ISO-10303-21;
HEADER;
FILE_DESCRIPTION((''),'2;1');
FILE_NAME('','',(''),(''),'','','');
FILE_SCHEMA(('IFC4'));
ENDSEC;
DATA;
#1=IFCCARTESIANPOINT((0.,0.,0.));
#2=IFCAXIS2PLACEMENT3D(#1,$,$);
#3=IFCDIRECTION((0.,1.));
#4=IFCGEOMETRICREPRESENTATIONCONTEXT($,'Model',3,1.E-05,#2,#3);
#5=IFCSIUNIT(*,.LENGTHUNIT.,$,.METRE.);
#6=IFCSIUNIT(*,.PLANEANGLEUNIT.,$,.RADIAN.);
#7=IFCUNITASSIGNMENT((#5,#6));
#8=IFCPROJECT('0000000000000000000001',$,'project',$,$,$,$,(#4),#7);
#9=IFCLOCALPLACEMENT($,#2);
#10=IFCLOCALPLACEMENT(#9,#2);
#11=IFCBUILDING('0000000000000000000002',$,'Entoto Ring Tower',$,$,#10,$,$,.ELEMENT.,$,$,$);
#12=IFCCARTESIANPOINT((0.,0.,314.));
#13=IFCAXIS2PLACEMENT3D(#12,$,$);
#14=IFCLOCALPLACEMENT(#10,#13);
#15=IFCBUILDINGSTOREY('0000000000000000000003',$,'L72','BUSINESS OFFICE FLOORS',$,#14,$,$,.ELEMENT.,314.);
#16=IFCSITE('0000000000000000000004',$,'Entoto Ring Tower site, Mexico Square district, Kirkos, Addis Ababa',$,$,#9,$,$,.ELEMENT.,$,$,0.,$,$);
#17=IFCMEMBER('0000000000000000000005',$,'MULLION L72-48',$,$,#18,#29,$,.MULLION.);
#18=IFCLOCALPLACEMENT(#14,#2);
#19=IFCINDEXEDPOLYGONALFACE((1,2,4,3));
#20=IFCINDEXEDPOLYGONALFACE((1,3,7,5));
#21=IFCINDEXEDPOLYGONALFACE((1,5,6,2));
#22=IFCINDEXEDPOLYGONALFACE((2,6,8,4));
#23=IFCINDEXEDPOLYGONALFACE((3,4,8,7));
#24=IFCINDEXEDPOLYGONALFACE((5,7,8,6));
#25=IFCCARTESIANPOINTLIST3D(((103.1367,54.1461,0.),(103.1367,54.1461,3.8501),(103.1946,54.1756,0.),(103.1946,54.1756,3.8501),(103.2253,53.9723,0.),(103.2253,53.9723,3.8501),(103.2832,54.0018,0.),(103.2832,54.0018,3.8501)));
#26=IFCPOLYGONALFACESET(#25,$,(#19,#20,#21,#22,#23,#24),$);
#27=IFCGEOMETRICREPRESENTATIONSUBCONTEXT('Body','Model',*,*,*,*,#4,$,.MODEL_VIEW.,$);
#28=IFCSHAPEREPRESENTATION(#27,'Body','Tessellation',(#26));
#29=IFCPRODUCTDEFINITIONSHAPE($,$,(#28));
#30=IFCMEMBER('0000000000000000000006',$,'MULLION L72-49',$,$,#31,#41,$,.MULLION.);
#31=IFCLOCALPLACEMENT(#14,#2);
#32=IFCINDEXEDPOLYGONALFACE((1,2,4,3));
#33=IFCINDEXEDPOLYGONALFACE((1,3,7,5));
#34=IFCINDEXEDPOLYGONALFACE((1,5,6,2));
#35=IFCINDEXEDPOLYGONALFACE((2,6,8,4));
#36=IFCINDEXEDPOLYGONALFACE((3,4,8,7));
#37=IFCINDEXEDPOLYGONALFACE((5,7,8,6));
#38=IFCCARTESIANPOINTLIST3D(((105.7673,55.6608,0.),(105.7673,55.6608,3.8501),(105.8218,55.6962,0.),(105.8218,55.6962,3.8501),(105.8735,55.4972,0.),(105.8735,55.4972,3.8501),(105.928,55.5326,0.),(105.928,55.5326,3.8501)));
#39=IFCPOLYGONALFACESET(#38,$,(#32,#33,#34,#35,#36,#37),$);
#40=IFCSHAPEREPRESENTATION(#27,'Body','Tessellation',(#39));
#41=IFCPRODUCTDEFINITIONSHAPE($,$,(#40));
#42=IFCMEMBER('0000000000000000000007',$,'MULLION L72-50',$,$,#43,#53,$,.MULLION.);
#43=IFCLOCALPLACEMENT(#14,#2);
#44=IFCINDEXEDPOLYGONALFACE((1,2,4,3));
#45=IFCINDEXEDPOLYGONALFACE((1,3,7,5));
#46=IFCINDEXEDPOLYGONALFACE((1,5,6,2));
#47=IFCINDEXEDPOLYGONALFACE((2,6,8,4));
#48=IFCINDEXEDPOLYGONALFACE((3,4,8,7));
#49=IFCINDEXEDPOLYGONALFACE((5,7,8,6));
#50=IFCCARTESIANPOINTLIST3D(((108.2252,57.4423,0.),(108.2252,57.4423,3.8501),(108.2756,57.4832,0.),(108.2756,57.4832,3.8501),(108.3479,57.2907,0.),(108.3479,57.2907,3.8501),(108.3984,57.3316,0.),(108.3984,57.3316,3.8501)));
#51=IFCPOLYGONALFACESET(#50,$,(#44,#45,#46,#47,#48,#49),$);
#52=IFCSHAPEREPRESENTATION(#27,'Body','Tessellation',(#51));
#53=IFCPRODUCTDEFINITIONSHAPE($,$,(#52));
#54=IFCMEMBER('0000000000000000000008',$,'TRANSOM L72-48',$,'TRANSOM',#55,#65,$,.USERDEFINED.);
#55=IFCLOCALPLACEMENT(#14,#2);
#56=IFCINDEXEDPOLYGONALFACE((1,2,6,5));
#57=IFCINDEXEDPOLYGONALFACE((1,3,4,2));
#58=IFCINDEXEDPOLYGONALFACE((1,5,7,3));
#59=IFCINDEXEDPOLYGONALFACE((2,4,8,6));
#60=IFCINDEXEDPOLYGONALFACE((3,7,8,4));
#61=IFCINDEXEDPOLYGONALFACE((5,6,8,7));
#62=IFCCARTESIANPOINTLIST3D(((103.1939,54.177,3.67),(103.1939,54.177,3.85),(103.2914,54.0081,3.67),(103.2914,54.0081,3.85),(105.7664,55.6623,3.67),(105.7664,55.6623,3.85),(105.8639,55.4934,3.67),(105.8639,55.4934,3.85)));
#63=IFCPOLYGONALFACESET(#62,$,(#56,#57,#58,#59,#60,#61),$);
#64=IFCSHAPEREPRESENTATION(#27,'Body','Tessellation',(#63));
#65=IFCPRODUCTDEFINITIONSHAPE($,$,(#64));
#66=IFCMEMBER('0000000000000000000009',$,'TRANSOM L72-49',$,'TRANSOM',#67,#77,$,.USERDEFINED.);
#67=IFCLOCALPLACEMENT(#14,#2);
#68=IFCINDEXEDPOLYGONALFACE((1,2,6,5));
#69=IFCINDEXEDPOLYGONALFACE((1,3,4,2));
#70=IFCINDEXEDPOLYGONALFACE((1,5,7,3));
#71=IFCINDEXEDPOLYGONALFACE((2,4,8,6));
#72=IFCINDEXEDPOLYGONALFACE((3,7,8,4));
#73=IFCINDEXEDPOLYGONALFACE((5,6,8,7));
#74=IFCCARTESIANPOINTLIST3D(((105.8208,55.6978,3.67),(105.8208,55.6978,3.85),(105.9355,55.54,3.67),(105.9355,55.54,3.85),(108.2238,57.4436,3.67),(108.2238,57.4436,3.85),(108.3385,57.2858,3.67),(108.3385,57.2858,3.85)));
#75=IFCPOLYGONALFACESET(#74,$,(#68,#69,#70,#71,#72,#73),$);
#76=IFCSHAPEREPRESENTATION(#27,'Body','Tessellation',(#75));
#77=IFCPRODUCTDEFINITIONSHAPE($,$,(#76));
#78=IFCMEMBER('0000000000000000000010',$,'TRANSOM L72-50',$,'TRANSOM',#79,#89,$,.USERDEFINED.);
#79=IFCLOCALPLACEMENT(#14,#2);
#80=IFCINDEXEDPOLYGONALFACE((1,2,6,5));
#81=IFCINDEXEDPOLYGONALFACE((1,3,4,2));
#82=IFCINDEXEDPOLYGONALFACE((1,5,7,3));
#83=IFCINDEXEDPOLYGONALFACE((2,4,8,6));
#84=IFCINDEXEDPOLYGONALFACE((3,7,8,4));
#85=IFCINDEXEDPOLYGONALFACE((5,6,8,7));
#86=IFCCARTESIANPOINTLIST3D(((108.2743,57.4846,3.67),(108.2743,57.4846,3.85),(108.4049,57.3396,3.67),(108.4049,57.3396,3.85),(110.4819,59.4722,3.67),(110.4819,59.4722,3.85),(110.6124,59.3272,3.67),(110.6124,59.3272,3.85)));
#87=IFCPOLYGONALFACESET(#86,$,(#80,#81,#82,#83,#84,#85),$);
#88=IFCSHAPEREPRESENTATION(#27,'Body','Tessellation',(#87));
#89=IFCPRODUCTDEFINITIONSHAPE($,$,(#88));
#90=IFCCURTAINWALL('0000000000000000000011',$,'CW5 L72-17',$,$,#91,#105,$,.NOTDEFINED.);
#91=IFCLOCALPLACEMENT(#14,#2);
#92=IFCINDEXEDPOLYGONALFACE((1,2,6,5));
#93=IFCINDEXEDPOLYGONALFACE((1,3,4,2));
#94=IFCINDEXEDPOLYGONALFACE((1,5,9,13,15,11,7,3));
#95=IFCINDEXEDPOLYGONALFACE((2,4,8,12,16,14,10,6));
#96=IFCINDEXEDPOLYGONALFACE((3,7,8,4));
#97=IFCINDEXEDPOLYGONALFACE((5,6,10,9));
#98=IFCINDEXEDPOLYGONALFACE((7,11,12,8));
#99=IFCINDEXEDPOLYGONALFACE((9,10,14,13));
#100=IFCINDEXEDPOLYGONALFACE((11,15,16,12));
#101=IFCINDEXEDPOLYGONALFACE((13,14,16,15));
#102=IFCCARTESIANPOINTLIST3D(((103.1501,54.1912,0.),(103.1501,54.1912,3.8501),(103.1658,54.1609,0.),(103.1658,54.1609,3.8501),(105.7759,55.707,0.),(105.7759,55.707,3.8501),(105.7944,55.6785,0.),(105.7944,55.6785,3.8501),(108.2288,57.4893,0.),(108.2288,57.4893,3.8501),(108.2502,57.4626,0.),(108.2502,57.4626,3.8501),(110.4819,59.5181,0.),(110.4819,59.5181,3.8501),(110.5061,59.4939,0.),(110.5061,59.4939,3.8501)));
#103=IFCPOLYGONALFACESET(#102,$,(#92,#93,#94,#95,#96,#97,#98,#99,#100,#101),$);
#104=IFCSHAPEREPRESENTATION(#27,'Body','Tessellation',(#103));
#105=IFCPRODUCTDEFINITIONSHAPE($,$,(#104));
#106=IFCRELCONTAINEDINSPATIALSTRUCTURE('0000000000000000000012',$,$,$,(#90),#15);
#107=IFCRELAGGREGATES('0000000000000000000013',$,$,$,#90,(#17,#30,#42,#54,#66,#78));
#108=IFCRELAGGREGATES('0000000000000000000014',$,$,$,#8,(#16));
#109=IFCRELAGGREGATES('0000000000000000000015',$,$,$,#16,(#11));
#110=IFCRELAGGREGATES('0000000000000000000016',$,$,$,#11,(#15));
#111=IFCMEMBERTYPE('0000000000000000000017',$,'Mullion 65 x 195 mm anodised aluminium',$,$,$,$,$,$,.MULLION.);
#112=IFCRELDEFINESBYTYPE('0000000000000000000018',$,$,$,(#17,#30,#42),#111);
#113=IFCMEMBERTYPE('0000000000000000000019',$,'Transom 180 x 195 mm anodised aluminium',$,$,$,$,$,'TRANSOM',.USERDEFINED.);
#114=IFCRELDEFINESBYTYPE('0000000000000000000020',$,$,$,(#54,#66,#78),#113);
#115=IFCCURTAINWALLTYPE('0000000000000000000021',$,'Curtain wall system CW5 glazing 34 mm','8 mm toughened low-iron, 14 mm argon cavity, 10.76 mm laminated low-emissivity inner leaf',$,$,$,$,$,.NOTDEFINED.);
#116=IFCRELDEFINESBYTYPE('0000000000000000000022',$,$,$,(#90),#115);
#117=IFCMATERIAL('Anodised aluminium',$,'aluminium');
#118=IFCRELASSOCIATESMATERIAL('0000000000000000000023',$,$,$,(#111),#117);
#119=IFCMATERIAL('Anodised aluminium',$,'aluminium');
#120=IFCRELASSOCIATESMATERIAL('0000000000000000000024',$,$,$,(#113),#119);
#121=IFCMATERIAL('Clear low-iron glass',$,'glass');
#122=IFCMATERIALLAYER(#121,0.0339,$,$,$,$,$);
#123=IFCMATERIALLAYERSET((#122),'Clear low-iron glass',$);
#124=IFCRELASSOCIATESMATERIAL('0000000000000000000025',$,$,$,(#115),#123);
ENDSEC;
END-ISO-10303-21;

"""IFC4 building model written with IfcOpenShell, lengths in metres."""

from ifc_helpers import new_model, si_unit, direction, frame, origin, origin_2d, place, context, subcontext, project, spatial, polyline, rectangle, outline, extrude, material, layer, layer_set, material_profile, profile_set, type_object, element, aggregate, save


model = new_model("IFC4")

# Units and contexts
model_context = context("Model", 3, precision=1e-05, world=origin(), true_north=direction((0.0, 1.0)))
body_context = subcontext(model_context, "Body", "Model", "MODEL_VIEW")
ifc_project = project(units=[si_unit("LENGTHUNIT", "METRE"), si_unit("PLANEANGLEUNIT", "RADIAN")], contexts=[model_context])

# Members
ifc_material_1 = material(Name="Anodised aluminium", Category="aluminium")
ifc_material_profile_1 = material_profile(ifc_material_1, rectangle(XDim=0.0649, YDim=0.1951, at=origin_2d()), Name="Mullion 65 x 195 mm anodised aluminium")
ifc_profile_set_1 = profile_set([ifc_material_profile_1], Name="Anodised aluminium")
member_type_1 = type_object("IfcMemberType", Name="Mullion 65 x 195 mm anodised aluminium", PredefinedType="MULLION", material=ifc_profile_set_1)
site_placement = place(None, origin())
building_placement = place(site_placement, origin())
storey_placement = place(building_placement, frame((0.0, 0.0, 314.0)))
member_1_placement = place(storey_placement, frame((103.21, 54.074, 0.0), z_axis=(0.0, 0.0, 1.0), x_axis=(0.891007, 0.45399, 0.0)))
member_1 = element("IfcMember", 1, at=member_1_placement, type_object=member_type_1, Name="MULLION L72-48", PredefinedType="MULLION", context=body_context, shape_type="SweptSolid", body=[
    extrude(rectangle(XDim=0.0649, YDim=0.1951, at=origin_2d()), origin(), (0.0, 0.0, 1.0), 3.8501),
])
member_2_placement = place(storey_placement, frame((105.8477, 55.5967, 0.0), z_axis=(0.0, 0.0, 1.0), x_axis=(0.838671, 0.544639, 0.0)))
member_2 = element("IfcMember", 2, at=member_2_placement, type_object=member_type_1, Name="MULLION L72-49", PredefinedType="MULLION", context=body_context, shape_type="SweptSolid", body=[
    extrude(rectangle(XDim=0.0649, YDim=0.1951, at=origin_2d()), origin(), (0.0, 0.0, 1.0), 3.8501),
])
member_3_placement = place(storey_placement, frame((108.3118, 57.387, 0.0), z_axis=(0.0, 0.0, 1.0), x_axis=(0.777146, 0.62932, 0.0)))
member_3 = element("IfcMember", 3, at=member_3_placement, type_object=member_type_1, Name="MULLION L72-50", PredefinedType="MULLION", context=body_context, shape_type="SweptSolid", body=[
    extrude(rectangle(XDim=0.0649, YDim=0.1951, at=origin_2d()), origin(), (0.0, 0.0, 1.0), 3.8501),
])
ifc_material_2 = material(Name="Anodised aluminium", Category="aluminium")
ifc_material_profile_2 = material_profile(ifc_material_2, rectangle(XDim=0.1951, YDim=0.1799, at=origin_2d()), Name="Transom 180 x 195 mm anodised aluminium")
ifc_profile_set_2 = profile_set([ifc_material_profile_2], Name="Anodised aluminium")
member_type_2 = type_object("IfcMemberType", Name="Transom 180 x 195 mm anodised aluminium", ElementType="TRANSOM", PredefinedType="USERDEFINED", material=ifc_profile_set_2)
member_4_placement = place(storey_placement, frame((103.2427, 54.0925, 3.76), z_axis=(0.866009, 0.500028, 0.0), x_axis=(-0.500028, 0.866009, 0.0)))
member_4 = element("IfcMember", 4, at=member_4_placement, type_object=member_type_2, Name="TRANSOM L72-48", ObjectType="TRANSOM", PredefinedType="USERDEFINED", context=body_context, shape_type="SweptSolid", body=[
    extrude(rectangle(XDim=0.1951, YDim=0.1799, at=origin_2d()), origin(), (0.0, 0.0, 1.0), 2.9705),
])
member_5_placement = place(storey_placement, frame((105.8782, 55.6189, 3.76), z_axis=(0.809031, 0.587766, 0.0), x_axis=(-0.587766, 0.809031, 0.0)))
member_5 = element("IfcMember", 5, at=member_5_placement, type_object=member_type_2, Name="TRANSOM L72-49", ObjectType="TRANSOM", PredefinedType="USERDEFINED", context=body_context, shape_type="SweptSolid", body=[
    extrude(rectangle(XDim=0.1951, YDim=0.1799, at=origin_2d()), origin(), (0.0, 0.0, 1.0), 2.9702),
])
member_6_placement = place(storey_placement, frame((108.3396, 57.4121, 3.76), z_axis=(0.743163, 0.66911, 0.0), x_axis=(-0.66911, 0.743163, 0.0)))
member_6 = element("IfcMember", 6, at=member_6_placement, type_object=member_type_2, Name="TRANSOM L72-50", ObjectType="TRANSOM", PredefinedType="USERDEFINED", context=body_context, shape_type="SweptSolid", body=[
    extrude(rectangle(XDim=0.1951, YDim=0.1799, at=origin_2d()), origin(), (0.0, 0.0, 1.0), 2.9705),
])

# Site, building, storey
site = spatial("IfcSite", under=ifc_project, at=site_placement, Name="Entoto Ring Tower site, Mexico Square district, Kirkos, Addis Ababa", CompositionType="ELEMENT", RefElevation=0.0)
building = spatial("IfcBuilding", under=site, at=building_placement, Name="Entoto Ring Tower", CompositionType="ELEMENT")
storey = spatial("IfcBuildingStorey", under=building, at=storey_placement, Name="L72", Description="BUSINESS OFFICE FLOORS", CompositionType="ELEMENT", Elevation=314.0)

# Curtain wall
ifc_material_3 = material(Name="Clear low-iron glass", Category="glass")
ifc_layer_1 = layer(ifc_material_3, 0.0339)
ifc_layer_set_1 = layer_set([ifc_layer_1], Name="Clear low-iron glass")
curtain_wall_type = type_object("IfcCurtainWallType", Name="Curtain wall system CW5 glazing 34 mm", Description="8 mm toughened low-iron, 14 mm argon cavity, 10.76 mm laminated low-emissivity inner leaf", PredefinedType="NOTDEFINED", material=ifc_layer_set_1)
curtain_wall_1_placement = place(storey_placement, origin())
curtain_wall_1 = element("IfcCurtainWall", 7, at=curtain_wall_1_placement, inside=storey, type_object=curtain_wall_type, Name="CW5 L72-17", PredefinedType="NOTDEFINED", context=body_context, shape_type="SweptSolid", body=[
    extrude(outline(polyline([(103.1658, 54.1609), (105.7944, 55.6785), (108.2502, 57.4626), (110.5061, 59.4939), (110.4819, 59.5181), (108.2288, 57.4893), (105.7759, 55.707), (103.1501, 54.1912), (103.1658, 54.1609)])), origin(), (0.0, 0.0, 1.0), 3.8501),
])
aggregate(curtain_wall_1, [member_1, member_2, member_3, member_4, member_5, member_6])

save(model, "model.ifc")
